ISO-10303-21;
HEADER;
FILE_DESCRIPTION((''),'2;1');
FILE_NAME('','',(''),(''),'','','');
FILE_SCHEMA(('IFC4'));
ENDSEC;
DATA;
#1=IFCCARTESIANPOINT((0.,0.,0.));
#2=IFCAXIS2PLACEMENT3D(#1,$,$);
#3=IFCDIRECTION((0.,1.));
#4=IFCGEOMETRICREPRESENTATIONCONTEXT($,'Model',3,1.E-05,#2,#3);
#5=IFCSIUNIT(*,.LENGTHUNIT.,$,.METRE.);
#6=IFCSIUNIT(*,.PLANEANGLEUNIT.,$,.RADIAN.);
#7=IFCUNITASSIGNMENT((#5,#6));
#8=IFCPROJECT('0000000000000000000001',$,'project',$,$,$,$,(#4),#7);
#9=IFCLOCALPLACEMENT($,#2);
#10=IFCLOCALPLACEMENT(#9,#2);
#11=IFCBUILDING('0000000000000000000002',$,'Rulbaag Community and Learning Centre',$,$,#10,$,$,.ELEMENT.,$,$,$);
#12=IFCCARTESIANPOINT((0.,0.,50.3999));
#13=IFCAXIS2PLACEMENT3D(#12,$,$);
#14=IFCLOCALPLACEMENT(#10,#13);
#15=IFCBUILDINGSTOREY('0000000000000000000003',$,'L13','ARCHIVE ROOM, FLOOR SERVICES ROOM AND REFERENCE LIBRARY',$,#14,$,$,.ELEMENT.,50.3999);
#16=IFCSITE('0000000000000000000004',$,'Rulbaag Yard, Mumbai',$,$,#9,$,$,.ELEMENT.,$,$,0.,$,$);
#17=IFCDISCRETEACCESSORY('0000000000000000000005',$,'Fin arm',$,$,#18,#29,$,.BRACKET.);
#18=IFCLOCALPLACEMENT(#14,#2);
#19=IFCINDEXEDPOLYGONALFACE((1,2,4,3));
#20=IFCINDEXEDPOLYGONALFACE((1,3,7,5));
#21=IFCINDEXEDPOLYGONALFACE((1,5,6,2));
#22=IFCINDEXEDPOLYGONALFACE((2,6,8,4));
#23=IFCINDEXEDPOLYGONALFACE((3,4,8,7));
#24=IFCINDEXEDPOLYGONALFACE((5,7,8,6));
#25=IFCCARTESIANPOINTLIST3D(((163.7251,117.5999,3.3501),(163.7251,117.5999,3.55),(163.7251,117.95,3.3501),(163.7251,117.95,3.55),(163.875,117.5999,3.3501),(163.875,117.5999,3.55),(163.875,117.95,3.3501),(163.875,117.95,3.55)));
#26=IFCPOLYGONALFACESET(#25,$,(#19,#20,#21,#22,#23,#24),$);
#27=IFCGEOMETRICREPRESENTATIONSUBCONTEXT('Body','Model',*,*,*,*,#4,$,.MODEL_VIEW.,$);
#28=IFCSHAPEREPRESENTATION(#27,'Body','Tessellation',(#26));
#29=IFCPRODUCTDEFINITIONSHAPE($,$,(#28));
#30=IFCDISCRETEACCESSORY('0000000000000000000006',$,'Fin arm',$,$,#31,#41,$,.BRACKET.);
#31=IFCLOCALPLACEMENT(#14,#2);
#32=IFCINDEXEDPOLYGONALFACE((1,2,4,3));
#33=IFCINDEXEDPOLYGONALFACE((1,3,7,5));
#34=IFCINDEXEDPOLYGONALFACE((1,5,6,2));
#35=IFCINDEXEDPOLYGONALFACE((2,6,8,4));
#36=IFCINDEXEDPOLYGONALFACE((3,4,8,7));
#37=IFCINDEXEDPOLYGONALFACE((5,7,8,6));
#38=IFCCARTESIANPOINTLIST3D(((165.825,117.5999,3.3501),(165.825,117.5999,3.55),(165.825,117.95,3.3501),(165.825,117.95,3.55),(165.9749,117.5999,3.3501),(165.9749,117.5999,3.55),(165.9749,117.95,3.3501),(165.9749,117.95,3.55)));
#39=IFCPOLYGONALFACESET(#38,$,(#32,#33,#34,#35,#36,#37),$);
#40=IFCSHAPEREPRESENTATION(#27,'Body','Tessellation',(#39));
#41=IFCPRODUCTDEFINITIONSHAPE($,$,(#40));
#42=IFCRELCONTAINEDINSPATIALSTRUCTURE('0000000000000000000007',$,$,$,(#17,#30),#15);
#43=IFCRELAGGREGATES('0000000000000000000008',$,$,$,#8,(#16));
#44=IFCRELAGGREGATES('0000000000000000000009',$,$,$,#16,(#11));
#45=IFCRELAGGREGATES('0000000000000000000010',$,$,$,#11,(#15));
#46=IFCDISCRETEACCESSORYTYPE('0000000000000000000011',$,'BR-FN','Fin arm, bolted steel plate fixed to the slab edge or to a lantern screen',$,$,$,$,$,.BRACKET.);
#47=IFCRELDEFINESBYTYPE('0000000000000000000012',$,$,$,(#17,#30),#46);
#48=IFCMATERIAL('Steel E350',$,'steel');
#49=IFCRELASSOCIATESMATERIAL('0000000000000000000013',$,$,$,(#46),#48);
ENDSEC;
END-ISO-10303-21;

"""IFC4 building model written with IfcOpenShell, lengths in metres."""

from ifc_helpers import new_model, si_unit, direction, frame, origin, origin_2d, place, context, subcontext, project, spatial, rectangle, extrude, material, type_object, element, save


model = new_model("IFC4")

# Units and contexts
model_context = context("Model", 3, precision=1e-05, world=origin(), true_north=direction((0.0, 1.0)))
body_context = subcontext(model_context, "Body", "Model", "MODEL_VIEW")
ifc_project = project(units=[si_unit("LENGTHUNIT", "METRE"), si_unit("PLANEANGLEUNIT", "RADIAN")], contexts=[model_context])

# Site, building, storey
site_placement = place(None, origin())
site = spatial("IfcSite", under=ifc_project, at=site_placement, Name="Rulbaag Yard, Mumbai", CompositionType="ELEMENT", RefElevation=0.0)
building_placement = place(site_placement, origin())
building = spatial("IfcBuilding", under=site, at=building_placement, Name="Rulbaag Community and Learning Centre", CompositionType="ELEMENT")
storey_placement = place(building_placement, frame((0.0, 0.0, 50.3999)))
storey = spatial("IfcBuildingStorey", under=building, at=storey_placement, Name="L13", Description="ARCHIVE ROOM, FLOOR SERVICES ROOM AND REFERENCE LIBRARY", CompositionType="ELEMENT", Elevation=50.3999)

# Discrete accessories
ifc_material_1 = material(Name="Steel E350", Category="steel")
discrete_accessory_type = type_object("IfcDiscreteAccessoryType", Name="BR-FN", Description="Fin arm, bolted steel plate fixed to the slab edge or to a lantern screen", PredefinedType="BRACKET", material=ifc_material_1)
for number, where, z_axis, x_axis, name in (
    (1, (163.8, 117.7749, 3.3501), (0.0, 0.0, 1.0), (1.0, 0.0, 0.0), "Fin arm"),
    (2, (165.8999, 117.7749, 3.3501), (0.0, 0.0, 1.0), (1.0, 0.0, 0.0), "Fin arm"),
):
    element("IfcDiscreteAccessory", number, at=place(storey_placement, frame(where, z_axis=z_axis, x_axis=x_axis)), inside=storey, type_object=discrete_accessory_type, Name=name, PredefinedType="BRACKET", context=body_context, shape_type="SweptSolid", body=[
        extrude(rectangle(XDim=0.1499, YDim=0.3501, at=origin_2d()), origin(), (0.0, 0.0, 1.0), 0.2),
    ])

save(model, "model.ifc")
